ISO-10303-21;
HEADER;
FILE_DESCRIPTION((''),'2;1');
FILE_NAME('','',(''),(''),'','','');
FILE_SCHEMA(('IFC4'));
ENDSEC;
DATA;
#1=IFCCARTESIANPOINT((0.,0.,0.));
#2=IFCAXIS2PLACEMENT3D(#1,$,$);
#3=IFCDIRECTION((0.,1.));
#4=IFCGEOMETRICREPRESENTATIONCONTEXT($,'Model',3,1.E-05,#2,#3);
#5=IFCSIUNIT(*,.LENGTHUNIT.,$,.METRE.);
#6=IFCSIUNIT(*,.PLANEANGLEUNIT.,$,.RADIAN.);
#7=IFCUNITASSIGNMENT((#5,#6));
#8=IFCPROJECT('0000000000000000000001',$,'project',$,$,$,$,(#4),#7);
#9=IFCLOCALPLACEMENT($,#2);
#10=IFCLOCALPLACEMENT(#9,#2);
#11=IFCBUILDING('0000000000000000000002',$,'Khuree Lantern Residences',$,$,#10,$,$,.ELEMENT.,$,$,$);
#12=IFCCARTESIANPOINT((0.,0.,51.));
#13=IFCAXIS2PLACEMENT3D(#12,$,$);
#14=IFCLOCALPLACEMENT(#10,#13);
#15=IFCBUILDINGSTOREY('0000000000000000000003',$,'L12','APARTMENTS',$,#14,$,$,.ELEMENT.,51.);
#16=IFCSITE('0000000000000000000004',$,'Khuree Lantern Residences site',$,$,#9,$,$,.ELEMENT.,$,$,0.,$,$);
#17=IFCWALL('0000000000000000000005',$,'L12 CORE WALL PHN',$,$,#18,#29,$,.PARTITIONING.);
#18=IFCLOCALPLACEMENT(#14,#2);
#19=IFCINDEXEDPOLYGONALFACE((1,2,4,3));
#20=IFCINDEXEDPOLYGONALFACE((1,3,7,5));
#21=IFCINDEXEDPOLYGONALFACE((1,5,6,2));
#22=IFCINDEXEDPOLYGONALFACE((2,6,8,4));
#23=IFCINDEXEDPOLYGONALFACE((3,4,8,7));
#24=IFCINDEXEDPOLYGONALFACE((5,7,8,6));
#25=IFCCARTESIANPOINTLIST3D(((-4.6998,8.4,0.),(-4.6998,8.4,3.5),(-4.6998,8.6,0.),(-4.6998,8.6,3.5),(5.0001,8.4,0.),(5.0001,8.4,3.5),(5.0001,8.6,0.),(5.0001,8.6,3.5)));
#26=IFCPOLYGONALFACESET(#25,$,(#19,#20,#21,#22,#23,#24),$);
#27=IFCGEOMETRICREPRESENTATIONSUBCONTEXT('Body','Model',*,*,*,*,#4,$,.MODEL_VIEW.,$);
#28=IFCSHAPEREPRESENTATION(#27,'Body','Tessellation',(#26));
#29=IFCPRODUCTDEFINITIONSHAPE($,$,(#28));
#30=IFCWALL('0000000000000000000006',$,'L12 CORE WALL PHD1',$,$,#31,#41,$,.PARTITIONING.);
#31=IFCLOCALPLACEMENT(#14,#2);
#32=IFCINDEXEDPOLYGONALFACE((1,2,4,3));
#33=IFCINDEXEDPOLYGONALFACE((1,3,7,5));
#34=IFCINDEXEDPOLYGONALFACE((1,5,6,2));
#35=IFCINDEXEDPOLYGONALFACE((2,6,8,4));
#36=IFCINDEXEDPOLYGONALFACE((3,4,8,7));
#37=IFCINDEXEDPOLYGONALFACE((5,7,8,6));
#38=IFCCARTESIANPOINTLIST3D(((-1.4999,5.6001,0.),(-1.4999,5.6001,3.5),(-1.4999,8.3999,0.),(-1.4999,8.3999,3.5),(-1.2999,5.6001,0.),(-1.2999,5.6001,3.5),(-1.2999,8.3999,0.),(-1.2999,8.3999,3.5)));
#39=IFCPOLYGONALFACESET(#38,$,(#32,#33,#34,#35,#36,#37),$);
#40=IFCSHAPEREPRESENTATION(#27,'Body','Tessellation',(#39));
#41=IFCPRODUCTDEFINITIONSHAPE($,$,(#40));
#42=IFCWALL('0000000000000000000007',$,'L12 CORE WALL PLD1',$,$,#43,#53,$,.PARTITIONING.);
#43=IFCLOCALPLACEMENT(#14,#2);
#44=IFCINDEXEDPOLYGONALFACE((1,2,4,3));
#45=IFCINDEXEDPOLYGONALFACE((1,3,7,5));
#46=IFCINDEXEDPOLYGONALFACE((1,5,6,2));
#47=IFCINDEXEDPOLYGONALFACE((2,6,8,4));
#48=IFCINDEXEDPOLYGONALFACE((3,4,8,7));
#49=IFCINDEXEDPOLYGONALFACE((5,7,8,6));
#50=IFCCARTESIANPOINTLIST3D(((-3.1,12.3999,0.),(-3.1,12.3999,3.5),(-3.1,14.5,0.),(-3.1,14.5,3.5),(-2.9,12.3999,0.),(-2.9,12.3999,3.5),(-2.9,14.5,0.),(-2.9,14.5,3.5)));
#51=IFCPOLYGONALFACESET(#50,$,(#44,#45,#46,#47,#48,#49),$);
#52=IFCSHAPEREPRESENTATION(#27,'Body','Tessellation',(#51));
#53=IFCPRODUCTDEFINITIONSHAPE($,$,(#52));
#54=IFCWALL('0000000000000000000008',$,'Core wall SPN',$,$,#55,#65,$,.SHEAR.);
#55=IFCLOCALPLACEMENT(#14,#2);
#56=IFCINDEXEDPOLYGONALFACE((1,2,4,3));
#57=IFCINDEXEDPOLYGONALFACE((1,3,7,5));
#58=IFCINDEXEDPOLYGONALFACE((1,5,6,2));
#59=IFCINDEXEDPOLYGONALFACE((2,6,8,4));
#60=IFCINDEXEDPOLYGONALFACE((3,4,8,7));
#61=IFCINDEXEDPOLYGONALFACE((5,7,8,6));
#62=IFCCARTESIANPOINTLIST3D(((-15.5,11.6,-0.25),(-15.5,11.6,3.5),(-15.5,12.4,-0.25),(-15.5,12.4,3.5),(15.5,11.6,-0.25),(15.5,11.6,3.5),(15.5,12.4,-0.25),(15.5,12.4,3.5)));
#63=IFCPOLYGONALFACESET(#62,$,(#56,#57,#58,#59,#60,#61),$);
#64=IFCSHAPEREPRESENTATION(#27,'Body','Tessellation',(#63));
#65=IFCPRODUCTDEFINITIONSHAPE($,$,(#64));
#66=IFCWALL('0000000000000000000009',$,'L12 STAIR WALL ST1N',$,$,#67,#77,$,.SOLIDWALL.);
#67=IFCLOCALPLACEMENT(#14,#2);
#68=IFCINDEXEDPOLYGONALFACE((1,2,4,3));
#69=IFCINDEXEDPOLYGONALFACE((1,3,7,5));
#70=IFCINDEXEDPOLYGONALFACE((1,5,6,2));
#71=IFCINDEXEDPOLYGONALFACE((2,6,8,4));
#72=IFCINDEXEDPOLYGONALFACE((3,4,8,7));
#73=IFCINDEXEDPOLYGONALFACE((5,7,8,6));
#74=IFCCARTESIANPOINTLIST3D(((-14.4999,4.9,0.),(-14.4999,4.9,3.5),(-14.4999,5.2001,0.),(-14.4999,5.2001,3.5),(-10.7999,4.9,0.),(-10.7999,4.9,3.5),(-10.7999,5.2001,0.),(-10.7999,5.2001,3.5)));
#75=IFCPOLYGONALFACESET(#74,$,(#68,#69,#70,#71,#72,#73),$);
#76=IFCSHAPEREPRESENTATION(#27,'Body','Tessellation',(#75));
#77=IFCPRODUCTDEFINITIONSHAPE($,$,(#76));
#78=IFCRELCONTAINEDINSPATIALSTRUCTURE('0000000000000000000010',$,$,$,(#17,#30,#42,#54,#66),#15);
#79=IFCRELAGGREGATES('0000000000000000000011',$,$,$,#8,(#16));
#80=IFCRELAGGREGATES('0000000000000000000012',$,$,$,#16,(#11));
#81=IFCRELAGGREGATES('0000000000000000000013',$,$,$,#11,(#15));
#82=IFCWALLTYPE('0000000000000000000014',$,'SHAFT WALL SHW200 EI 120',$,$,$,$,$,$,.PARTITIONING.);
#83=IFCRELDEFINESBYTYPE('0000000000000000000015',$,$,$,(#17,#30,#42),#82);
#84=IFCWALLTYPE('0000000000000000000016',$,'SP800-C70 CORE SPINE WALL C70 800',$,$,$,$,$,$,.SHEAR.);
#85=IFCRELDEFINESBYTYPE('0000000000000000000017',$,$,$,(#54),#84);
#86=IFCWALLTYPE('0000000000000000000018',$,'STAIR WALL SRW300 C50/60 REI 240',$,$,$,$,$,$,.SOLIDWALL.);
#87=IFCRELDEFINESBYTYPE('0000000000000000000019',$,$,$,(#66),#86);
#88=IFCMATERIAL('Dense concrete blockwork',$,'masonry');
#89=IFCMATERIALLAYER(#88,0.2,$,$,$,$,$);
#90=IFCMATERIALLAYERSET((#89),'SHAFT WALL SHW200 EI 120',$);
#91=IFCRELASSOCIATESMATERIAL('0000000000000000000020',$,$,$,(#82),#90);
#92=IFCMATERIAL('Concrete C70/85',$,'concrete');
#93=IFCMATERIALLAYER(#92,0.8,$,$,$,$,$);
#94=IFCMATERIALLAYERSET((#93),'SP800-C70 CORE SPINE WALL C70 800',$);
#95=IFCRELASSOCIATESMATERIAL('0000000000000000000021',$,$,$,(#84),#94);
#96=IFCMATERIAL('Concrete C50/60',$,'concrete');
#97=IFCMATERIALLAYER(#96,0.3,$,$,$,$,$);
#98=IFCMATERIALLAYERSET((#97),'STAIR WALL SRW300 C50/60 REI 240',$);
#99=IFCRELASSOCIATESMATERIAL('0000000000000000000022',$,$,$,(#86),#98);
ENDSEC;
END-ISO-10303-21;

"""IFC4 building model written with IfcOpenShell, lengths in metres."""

from ifc_helpers import new_model, si_unit, direction, frame, frame_2d, origin, place, context, subcontext, project, spatial, rectangle, extrude, material, layer, layer_set, type_object, element, save


model = new_model("IFC4")

# Units and contexts
model_context = context("Model", 3, precision=1e-05, world=origin(), true_north=direction((0.0, 1.0)))
body_context = subcontext(model_context, "Body", "Model", "MODEL_VIEW")
ifc_project = project(units=[si_unit("LENGTHUNIT", "METRE"), si_unit("PLANEANGLEUNIT", "RADIAN")], contexts=[model_context])

# Site, building, storey
site_placement = place(None, origin())
site = spatial("IfcSite", under=ifc_project, at=site_placement, Name="Khuree Lantern Residences site", CompositionType="ELEMENT", RefElevation=0.0)
building_placement = place(site_placement, origin())
building = spatial("IfcBuilding", under=site, at=building_placement, Name="Khuree Lantern Residences", CompositionType="ELEMENT")
storey_placement = place(building_placement, frame((0.0, 0.0, 51.0)))
storey = spatial("IfcBuildingStorey", under=building, at=storey_placement, Name="L12", Description="APARTMENTS", CompositionType="ELEMENT", Elevation=51.0)

# Shared definitions
ifc_material_1 = material(Name="Concrete C70/85", Category="concrete")

# Shared definitions
ifc_material_2 = material(Name="Dense concrete blockwork", Category="masonry")

# Walls
ifc_layer_1 = layer(ifc_material_2, 0.2)
ifc_layer_set_1 = layer_set([ifc_layer_1], Name="SHAFT WALL SHW200 EI 120")
wall_type_1 = type_object("IfcWallType", Name="SHAFT WALL SHW200 EI 120", PredefinedType="PARTITIONING", material=ifc_layer_set_1)
wall_1_placement = place(storey_placement, frame((-4.7, 8.5, 0.0), z_axis=(0.0, 0.0, 1.0), x_axis=(1.0, 0.0, 0.0)))
element("IfcWall", 1, at=wall_1_placement, inside=storey, type_object=wall_type_1, Name="L12 CORE WALL PHN", PredefinedType="PARTITIONING", context=body_context, shape_type="SweptSolid", body=[
    extrude(rectangle(XDim=9.7, YDim=0.2, at=frame_2d((4.8501, 0.0))), origin(), (0.0, 0.0, 1.0), 3.5),
])
wall_2_placement = place(storey_placement, frame((-1.3999, 5.6001, 0.0), z_axis=(0.0, 0.0, 1.0), x_axis=(0.0, 1.0, 0.0)))
element("IfcWall", 2, at=wall_2_placement, inside=storey, type_object=wall_type_1, Name="L12 CORE WALL PHD1", PredefinedType="PARTITIONING", context=body_context, shape_type="SweptSolid", body=[
    extrude(rectangle(XDim=2.7998, YDim=0.2, at=frame_2d((1.3999, 0.0))), origin(), (0.0, 0.0, 1.0), 3.5),
])
wall_3_placement = place(storey_placement, frame((-3.0, 12.3999, 0.0), z_axis=(0.0, 0.0, 1.0), x_axis=(0.0, 1.0, 0.0)))
element("IfcWall", 3, at=wall_3_placement, inside=storey, type_object=wall_type_1, Name="L12 CORE WALL PLD1", PredefinedType="PARTITIONING", context=body_context, shape_type="SweptSolid", body=[
    extrude(rectangle(XDim=2.1001, YDim=0.2, at=frame_2d((1.05, 0.0))), origin(), (0.0, 0.0, 1.0), 3.5),
])
ifc_layer_2 = layer(ifc_material_1, 0.8)
ifc_layer_set_2 = layer_set([ifc_layer_2], Name="SP800-C70 CORE SPINE WALL C70 800")
wall_type_2 = type_object("IfcWallType", Name="SP800-C70 CORE SPINE WALL C70 800", PredefinedType="SHEAR", material=ifc_layer_set_2)
wall_4_placement = place(storey_placement, frame((-15.5, 12.0, -0.25), z_axis=(0.0, 0.0, 1.0), x_axis=(1.0, 0.0, 0.0)))
element("IfcWall", 4, at=wall_4_placement, inside=storey, type_object=wall_type_2, Name="Core wall SPN", PredefinedType="SHEAR", context=body_context, shape_type="SweptSolid", body=[
    extrude(rectangle(XDim=31.0, YDim=0.8, at=frame_2d((15.5, 0.0))), origin(), (0.0, 0.0, 1.0), 3.75),
])
ifc_material_3 = material(Name="Concrete C50/60", Category="concrete")
ifc_layer_3 = layer(ifc_material_3, 0.3)
ifc_layer_set_3 = layer_set([ifc_layer_3], Name="STAIR WALL SRW300 C50/60 REI 240")
wall_type_3 = type_object("IfcWallType", Name="STAIR WALL SRW300 C50/60 REI 240", PredefinedType="SOLIDWALL", material=ifc_layer_set_3)
wall_5_placement = place(storey_placement, frame((-14.5, 5.05, 0.0), z_axis=(0.0, 0.0, 1.0), x_axis=(1.0, 0.0, 0.0)))
element("IfcWall", 5, at=wall_5_placement, inside=storey, type_object=wall_type_3, Name="L12 STAIR WALL ST1N", PredefinedType="SOLIDWALL", context=body_context, shape_type="SweptSolid", body=[
    extrude(rectangle(XDim=3.7, YDim=0.3, at=frame_2d((1.8501, 0.0))), origin(), (0.0, 0.0, 1.0), 3.5),
])

save(model, "model.ifc")
